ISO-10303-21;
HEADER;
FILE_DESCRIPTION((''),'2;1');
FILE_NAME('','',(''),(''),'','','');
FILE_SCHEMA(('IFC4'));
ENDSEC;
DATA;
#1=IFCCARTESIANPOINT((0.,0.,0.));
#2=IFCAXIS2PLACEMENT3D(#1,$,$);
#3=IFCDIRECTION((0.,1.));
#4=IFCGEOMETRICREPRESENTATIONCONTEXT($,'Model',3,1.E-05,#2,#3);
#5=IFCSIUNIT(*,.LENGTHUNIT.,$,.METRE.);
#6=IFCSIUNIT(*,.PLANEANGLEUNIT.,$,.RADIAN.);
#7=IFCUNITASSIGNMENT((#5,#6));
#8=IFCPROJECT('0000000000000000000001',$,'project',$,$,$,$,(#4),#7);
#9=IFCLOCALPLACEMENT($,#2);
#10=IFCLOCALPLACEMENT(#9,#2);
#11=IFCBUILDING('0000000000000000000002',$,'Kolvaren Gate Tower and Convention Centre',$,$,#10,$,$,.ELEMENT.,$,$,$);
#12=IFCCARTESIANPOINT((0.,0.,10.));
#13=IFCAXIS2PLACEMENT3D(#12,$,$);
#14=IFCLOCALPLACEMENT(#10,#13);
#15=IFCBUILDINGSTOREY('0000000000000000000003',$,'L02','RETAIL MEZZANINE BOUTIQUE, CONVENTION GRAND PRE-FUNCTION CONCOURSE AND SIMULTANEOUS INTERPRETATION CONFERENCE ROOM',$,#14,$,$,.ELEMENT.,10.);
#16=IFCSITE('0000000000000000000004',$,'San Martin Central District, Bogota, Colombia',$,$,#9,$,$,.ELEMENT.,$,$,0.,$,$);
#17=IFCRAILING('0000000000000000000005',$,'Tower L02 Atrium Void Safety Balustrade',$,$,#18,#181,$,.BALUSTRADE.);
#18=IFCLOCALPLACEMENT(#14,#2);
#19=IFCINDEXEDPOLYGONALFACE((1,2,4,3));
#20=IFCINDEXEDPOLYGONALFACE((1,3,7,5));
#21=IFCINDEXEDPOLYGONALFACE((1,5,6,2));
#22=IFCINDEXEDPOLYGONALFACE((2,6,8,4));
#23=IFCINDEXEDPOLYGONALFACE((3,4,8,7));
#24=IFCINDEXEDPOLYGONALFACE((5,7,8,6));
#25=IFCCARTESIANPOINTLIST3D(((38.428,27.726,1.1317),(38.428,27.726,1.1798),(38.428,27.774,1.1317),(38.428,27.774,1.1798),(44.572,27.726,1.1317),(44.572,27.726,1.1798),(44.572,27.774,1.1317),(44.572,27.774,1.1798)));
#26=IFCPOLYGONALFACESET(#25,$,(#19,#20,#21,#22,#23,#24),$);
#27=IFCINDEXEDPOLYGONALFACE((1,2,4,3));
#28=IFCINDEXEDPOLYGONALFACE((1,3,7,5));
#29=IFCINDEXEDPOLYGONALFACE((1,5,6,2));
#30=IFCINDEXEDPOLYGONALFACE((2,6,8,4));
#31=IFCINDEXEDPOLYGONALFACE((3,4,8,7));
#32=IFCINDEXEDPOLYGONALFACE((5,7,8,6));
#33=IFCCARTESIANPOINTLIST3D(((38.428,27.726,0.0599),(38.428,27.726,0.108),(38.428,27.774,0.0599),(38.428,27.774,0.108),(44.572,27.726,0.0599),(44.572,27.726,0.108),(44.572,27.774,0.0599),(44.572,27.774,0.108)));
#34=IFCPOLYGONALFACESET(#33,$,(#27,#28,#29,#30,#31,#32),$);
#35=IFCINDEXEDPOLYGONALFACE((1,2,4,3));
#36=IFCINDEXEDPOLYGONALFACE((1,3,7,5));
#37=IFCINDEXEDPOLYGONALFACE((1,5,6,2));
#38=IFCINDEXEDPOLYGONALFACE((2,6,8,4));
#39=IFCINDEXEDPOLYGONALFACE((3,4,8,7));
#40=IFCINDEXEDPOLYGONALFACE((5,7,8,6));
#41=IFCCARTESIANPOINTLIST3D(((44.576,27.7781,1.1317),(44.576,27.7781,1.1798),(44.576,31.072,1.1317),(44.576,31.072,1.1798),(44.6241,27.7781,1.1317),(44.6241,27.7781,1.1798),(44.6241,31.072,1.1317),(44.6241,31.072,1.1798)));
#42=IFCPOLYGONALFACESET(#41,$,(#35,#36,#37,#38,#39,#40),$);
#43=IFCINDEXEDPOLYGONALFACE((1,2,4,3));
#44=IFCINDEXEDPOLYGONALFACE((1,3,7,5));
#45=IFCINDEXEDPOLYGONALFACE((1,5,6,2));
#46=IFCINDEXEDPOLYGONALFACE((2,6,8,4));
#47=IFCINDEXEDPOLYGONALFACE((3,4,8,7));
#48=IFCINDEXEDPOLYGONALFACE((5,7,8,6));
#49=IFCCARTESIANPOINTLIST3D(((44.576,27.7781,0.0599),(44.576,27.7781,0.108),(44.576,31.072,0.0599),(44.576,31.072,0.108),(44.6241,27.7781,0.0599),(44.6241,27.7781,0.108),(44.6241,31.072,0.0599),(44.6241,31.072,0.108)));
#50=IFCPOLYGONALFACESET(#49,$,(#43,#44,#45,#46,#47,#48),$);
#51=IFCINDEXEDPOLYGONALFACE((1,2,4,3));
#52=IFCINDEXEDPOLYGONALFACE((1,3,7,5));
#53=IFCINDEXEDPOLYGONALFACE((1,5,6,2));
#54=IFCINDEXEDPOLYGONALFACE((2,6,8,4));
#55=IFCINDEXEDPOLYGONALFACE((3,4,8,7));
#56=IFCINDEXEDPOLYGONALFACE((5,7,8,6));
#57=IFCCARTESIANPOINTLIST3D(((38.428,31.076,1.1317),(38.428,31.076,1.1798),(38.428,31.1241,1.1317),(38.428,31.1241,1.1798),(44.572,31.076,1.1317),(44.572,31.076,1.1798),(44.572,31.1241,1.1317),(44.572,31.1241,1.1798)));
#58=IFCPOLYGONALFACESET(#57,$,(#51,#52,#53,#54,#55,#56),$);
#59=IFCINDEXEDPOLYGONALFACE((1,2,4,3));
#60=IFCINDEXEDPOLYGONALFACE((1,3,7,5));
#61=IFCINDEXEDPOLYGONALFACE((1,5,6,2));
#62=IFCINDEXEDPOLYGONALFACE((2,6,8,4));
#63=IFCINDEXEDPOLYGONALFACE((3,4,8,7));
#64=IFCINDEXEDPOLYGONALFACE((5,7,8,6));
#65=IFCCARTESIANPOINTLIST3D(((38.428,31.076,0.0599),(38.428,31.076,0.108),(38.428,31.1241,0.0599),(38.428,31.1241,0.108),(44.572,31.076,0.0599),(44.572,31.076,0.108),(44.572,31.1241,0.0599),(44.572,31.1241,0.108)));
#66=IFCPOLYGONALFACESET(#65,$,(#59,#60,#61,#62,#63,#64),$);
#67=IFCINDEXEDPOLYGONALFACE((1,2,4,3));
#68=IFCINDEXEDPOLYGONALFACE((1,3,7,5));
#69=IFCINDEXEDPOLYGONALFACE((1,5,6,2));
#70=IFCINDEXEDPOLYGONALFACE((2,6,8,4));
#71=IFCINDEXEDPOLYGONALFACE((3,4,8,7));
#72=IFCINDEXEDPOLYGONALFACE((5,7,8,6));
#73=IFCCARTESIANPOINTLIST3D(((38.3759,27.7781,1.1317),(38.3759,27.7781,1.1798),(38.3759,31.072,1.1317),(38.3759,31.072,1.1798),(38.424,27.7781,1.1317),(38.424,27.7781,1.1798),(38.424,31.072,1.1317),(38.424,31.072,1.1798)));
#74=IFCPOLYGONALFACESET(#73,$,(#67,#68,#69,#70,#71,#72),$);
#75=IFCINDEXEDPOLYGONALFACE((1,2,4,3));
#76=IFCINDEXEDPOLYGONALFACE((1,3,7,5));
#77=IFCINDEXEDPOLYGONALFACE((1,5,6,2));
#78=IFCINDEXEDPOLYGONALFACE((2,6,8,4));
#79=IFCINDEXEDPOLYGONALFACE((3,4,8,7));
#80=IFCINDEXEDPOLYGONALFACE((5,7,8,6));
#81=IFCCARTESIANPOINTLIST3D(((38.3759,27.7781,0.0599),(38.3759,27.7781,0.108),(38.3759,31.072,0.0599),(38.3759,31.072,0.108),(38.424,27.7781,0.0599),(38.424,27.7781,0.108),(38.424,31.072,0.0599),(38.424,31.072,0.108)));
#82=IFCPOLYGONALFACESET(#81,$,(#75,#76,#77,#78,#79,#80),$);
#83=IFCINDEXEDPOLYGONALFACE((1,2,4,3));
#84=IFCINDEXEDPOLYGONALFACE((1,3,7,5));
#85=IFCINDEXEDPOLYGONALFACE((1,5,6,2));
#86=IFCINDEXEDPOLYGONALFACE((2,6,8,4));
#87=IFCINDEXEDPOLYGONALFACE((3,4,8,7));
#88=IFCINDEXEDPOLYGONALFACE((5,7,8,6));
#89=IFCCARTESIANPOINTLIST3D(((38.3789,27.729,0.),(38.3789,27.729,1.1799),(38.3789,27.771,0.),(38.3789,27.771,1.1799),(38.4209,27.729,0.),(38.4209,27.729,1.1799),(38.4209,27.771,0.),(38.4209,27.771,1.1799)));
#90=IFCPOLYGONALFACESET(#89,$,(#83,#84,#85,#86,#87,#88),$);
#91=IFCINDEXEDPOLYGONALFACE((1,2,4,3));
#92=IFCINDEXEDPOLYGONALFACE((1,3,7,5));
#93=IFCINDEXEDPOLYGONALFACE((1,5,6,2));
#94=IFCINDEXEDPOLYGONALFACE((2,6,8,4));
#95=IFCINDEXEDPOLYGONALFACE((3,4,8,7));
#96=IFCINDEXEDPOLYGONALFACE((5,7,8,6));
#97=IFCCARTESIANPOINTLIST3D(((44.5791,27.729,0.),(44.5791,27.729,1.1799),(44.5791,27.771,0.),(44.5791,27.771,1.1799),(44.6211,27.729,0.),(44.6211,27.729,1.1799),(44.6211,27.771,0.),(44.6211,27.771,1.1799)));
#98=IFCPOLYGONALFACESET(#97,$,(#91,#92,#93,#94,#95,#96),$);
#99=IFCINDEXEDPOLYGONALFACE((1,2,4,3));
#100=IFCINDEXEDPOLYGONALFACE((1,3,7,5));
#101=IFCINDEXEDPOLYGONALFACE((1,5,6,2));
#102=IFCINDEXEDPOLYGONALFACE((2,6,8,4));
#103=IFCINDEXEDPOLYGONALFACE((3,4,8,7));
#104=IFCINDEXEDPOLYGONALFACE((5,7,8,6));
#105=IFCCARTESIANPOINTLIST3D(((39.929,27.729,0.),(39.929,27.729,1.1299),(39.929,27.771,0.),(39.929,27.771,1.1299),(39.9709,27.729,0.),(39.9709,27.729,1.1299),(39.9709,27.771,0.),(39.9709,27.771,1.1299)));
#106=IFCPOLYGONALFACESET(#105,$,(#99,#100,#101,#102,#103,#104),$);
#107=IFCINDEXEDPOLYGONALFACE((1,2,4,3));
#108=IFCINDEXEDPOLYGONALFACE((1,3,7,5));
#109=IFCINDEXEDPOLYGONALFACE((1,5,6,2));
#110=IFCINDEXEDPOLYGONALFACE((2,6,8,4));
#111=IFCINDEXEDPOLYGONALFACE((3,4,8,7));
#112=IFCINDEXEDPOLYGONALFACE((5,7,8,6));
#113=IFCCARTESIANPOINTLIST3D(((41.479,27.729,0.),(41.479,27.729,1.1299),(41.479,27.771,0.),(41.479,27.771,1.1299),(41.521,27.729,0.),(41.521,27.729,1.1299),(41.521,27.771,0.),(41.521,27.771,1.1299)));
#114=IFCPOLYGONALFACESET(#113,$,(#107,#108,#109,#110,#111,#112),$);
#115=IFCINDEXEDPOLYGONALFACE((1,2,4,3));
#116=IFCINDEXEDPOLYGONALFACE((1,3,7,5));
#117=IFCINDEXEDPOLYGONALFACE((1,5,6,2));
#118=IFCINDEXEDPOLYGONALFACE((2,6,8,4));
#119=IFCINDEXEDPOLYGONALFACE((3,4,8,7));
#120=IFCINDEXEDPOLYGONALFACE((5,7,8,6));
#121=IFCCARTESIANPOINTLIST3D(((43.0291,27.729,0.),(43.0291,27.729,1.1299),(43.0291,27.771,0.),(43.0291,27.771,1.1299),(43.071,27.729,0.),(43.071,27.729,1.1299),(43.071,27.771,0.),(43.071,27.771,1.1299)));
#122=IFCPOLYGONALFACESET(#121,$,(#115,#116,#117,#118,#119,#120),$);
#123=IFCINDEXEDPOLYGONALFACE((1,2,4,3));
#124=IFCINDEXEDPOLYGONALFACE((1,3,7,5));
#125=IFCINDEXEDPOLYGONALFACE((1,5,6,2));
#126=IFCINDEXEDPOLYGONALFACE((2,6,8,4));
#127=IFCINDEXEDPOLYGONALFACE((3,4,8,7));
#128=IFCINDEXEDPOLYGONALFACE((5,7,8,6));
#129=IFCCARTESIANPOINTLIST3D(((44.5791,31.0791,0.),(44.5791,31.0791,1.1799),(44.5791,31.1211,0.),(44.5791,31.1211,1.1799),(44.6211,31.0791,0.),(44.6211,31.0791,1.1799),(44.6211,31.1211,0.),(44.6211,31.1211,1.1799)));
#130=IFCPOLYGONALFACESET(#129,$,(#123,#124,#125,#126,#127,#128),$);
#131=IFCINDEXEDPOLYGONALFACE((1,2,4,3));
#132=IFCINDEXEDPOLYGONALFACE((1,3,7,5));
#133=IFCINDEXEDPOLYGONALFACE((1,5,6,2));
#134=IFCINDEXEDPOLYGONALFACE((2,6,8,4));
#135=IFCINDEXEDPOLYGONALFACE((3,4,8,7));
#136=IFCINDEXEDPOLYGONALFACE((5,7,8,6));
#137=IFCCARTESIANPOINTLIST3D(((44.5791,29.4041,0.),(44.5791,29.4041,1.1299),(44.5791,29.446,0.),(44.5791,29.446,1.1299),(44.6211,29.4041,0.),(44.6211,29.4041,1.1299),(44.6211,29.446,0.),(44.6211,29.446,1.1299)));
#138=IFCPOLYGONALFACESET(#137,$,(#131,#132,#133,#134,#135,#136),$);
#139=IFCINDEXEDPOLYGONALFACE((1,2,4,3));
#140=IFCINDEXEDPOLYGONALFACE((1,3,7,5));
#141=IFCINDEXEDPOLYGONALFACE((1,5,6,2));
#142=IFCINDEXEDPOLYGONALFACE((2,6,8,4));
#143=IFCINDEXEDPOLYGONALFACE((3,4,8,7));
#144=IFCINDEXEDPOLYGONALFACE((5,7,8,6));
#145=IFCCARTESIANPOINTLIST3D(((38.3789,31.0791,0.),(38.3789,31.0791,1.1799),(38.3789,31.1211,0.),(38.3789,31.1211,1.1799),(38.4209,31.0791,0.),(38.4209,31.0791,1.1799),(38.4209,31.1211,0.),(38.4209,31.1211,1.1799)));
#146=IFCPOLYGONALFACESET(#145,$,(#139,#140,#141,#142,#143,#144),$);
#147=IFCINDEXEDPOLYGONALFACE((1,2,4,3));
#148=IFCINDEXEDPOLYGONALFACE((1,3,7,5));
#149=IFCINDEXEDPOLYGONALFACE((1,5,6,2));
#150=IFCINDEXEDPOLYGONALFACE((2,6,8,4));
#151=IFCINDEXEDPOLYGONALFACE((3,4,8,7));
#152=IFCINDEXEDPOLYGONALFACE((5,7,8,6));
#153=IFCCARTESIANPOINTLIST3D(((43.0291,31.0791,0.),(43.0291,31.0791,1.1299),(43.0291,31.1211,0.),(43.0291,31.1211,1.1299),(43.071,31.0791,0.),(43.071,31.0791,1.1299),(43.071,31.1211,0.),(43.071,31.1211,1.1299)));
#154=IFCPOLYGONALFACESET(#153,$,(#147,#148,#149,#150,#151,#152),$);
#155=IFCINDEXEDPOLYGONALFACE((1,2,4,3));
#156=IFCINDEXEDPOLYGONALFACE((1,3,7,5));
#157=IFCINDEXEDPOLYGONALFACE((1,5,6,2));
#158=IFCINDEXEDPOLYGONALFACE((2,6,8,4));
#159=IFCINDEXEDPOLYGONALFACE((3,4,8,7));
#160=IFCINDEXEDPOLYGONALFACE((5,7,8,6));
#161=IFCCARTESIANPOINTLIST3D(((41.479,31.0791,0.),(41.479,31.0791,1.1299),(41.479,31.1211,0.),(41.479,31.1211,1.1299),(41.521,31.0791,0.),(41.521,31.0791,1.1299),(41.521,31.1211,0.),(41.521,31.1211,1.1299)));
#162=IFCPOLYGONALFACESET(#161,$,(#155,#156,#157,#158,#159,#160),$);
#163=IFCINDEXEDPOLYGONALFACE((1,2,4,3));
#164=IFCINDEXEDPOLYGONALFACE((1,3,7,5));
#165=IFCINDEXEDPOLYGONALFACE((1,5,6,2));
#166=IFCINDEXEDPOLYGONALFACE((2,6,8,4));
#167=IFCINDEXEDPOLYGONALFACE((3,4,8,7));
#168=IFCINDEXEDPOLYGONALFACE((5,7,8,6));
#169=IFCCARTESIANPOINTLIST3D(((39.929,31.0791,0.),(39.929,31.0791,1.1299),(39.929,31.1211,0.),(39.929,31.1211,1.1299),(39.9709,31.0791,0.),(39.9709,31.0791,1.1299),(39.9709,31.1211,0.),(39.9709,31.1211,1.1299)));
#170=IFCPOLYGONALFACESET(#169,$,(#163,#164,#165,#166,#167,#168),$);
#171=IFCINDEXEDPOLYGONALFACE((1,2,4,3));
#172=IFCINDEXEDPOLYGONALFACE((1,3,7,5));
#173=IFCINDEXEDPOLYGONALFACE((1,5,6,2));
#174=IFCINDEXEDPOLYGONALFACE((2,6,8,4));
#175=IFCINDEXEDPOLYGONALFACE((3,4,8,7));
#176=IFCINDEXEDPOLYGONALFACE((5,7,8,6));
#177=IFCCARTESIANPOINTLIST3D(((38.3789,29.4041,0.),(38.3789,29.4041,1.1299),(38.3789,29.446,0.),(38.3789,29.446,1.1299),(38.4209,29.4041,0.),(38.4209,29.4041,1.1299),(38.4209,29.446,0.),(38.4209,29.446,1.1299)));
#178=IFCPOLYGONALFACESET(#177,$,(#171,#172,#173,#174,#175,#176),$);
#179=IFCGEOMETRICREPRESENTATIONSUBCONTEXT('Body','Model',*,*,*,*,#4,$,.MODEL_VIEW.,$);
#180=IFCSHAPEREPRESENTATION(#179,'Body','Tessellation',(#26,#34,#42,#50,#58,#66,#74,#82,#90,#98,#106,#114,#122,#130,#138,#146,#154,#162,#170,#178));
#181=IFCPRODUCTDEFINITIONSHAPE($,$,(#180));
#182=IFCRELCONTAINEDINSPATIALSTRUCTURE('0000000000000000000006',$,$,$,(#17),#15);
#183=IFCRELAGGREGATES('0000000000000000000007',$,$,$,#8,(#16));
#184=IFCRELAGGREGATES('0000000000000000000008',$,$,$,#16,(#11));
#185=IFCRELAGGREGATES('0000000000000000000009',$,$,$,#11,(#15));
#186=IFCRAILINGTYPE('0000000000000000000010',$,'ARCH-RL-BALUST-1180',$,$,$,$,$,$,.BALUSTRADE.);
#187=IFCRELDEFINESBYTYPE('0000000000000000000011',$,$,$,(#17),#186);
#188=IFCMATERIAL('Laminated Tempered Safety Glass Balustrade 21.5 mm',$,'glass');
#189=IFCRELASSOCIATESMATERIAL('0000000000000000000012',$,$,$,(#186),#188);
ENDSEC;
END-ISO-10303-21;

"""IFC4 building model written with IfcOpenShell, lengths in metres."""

from ifc_helpers import new_model, si_unit, direction, frame, origin, origin_2d, place, context, subcontext, project, spatial, rectangle, extrude, material, type_object, element, save


model = new_model("IFC4")

# Units and contexts
model_context = context("Model", 3, precision=1e-05, world=origin(), true_north=direction((0.0, 1.0)))
body_context = subcontext(model_context, "Body", "Model", "MODEL_VIEW")
ifc_project = project(units=[si_unit("LENGTHUNIT", "METRE"), si_unit("PLANEANGLEUNIT", "RADIAN")], contexts=[model_context])

# Site, building, storey
site_placement = place(None, origin())
site = spatial("IfcSite", under=ifc_project, at=site_placement, Name="San Martin Central District, Bogota, Colombia", CompositionType="ELEMENT", RefElevation=0.0)
building_placement = place(site_placement, origin())
building = spatial("IfcBuilding", under=site, at=building_placement, Name="Kolvaren Gate Tower and Convention Centre", CompositionType="ELEMENT")
storey_placement = place(building_placement, frame((0.0, 0.0, 10.0)))
storey = spatial("IfcBuildingStorey", under=building, at=storey_placement, Name="L02", Description="RETAIL MEZZANINE BOUTIQUE, CONVENTION GRAND PRE-FUNCTION CONCOURSE AND SIMULTANEOUS INTERPRETATION CONFERENCE ROOM", CompositionType="ELEMENT", Elevation=10.0)

# Railing
ifc_material_1 = material(Name="Laminated Tempered Safety Glass Balustrade 21.5 mm", Category="glass")
railing_type = type_object("IfcRailingType", Name="ARCH-RL-BALUST-1180", PredefinedType="BALUSTRADE", material=ifc_material_1)
railing_placement = place(storey_placement, frame((38.3999, 27.75, 0.0)))
element("IfcRailing", 1, at=railing_placement, inside=storey, type_object=railing_type, Name="Tower L02 Atrium Void Safety Balustrade", PredefinedType="BALUSTRADE", context=body_context, shape_type="SweptSolid", body=[
    extrude(rectangle(XDim=0.0481, YDim=0.0481, at=origin_2d()), frame((0.0281, 0.0, 1.1558), z_axis=(1.0, 0.0, 0.0), x_axis=(0.0, 1.0, 0.0)), (0.0, 0.0, 1.0), 6.144),
    extrude(rectangle(XDim=0.0481, YDim=0.0481, at=origin_2d()), frame((0.0281, 0.0, 0.084), z_axis=(1.0, 0.0, 0.0), x_axis=(0.0, 1.0, 0.0)), (0.0, 0.0, 1.0), 6.144),
    extrude(rectangle(XDim=0.0481, YDim=0.0481, at=origin_2d()), frame((6.2002, 0.0281, 1.1558), z_axis=(0.0, 1.0, 0.0), x_axis=(-1.0, 0.0, 0.0)), (0.0, 0.0, 1.0), 3.2939),
    extrude(rectangle(XDim=0.0481, YDim=0.0481, at=origin_2d()), frame((6.2002, 0.0281, 0.084), z_axis=(0.0, 1.0, 0.0), x_axis=(-1.0, 0.0, 0.0)), (0.0, 0.0, 1.0), 3.2939),
    extrude(rectangle(XDim=0.0481, YDim=0.0481, at=origin_2d()), frame((6.1721, 3.3501, 1.1558), z_axis=(-1.0, 0.0, 0.0), x_axis=(0.0, -1.0, 0.0)), (0.0, 0.0, 1.0), 6.144),
    extrude(rectangle(XDim=0.0481, YDim=0.0481, at=origin_2d()), frame((6.1721, 3.3501, 0.084), z_axis=(-1.0, 0.0, 0.0), x_axis=(0.0, -1.0, 0.0)), (0.0, 0.0, 1.0), 6.144),
    extrude(rectangle(XDim=0.0481, YDim=0.0481, at=origin_2d()), frame((0.0, 3.322, 1.1558), z_axis=(0.0, -1.0, 0.0), x_axis=(1.0, 0.0, 0.0)), (0.0, 0.0, 1.0), 3.2939),
    extrude(rectangle(XDim=0.0481, YDim=0.0481, at=origin_2d()), frame((0.0, 3.322, 0.084), z_axis=(0.0, -1.0, 0.0), x_axis=(1.0, 0.0, 0.0)), (0.0, 0.0, 1.0), 3.2939),
    extrude(rectangle(XDim=0.042, YDim=0.042, at=origin_2d()), origin(), (0.0, 0.0, 1.0), 1.1799),
    extrude(rectangle(XDim=0.042, YDim=0.042, at=origin_2d()), frame((6.2002, 0.0, 0.0)), (0.0, 0.0, 1.0), 1.1799),
    extrude(rectangle(XDim=0.042, YDim=0.042, at=origin_2d()), frame((1.55, 0.0, 0.0)), (0.0, 0.0, 1.0), 1.1299),
    extrude(rectangle(XDim=0.042, YDim=0.042, at=origin_2d()), frame((3.1001, 0.0, 0.0)), (0.0, 0.0, 1.0), 1.1299),
    extrude(rectangle(XDim=0.042, YDim=0.042, at=origin_2d()), frame((4.6501, 0.0, 0.0)), (0.0, 0.0, 1.0), 1.1299),
    extrude(rectangle(XDim=0.042, YDim=0.042, at=origin_2d()), frame((6.2002, 3.3501, 0.0)), (0.0, 0.0, 1.0), 1.1799),
    extrude(rectangle(XDim=0.042, YDim=0.042, at=origin_2d()), frame((6.2002, 1.675, 0.0)), (0.0, 0.0, 1.0), 1.1299),
    extrude(rectangle(XDim=0.042, YDim=0.042, at=origin_2d()), frame((0.0, 3.3501, 0.0)), (0.0, 0.0, 1.0), 1.1799),
    extrude(rectangle(XDim=0.042, YDim=0.042, at=origin_2d()), frame((4.6501, 3.3501, 0.0)), (0.0, 0.0, 1.0), 1.1299),
    extrude(rectangle(XDim=0.042, YDim=0.042, at=origin_2d()), frame((3.1001, 3.3501, 0.0)), (0.0, 0.0, 1.0), 1.1299),
    extrude(rectangle(XDim=0.042, YDim=0.042, at=origin_2d()), frame((1.55, 3.3501, 0.0)), (0.0, 0.0, 1.0), 1.1299),
    extrude(rectangle(XDim=0.042, YDim=0.042, at=origin_2d()), frame((0.0, 1.675, 0.0)), (0.0, 0.0, 1.0), 1.1299),
])

save(model, "model.ifc")
